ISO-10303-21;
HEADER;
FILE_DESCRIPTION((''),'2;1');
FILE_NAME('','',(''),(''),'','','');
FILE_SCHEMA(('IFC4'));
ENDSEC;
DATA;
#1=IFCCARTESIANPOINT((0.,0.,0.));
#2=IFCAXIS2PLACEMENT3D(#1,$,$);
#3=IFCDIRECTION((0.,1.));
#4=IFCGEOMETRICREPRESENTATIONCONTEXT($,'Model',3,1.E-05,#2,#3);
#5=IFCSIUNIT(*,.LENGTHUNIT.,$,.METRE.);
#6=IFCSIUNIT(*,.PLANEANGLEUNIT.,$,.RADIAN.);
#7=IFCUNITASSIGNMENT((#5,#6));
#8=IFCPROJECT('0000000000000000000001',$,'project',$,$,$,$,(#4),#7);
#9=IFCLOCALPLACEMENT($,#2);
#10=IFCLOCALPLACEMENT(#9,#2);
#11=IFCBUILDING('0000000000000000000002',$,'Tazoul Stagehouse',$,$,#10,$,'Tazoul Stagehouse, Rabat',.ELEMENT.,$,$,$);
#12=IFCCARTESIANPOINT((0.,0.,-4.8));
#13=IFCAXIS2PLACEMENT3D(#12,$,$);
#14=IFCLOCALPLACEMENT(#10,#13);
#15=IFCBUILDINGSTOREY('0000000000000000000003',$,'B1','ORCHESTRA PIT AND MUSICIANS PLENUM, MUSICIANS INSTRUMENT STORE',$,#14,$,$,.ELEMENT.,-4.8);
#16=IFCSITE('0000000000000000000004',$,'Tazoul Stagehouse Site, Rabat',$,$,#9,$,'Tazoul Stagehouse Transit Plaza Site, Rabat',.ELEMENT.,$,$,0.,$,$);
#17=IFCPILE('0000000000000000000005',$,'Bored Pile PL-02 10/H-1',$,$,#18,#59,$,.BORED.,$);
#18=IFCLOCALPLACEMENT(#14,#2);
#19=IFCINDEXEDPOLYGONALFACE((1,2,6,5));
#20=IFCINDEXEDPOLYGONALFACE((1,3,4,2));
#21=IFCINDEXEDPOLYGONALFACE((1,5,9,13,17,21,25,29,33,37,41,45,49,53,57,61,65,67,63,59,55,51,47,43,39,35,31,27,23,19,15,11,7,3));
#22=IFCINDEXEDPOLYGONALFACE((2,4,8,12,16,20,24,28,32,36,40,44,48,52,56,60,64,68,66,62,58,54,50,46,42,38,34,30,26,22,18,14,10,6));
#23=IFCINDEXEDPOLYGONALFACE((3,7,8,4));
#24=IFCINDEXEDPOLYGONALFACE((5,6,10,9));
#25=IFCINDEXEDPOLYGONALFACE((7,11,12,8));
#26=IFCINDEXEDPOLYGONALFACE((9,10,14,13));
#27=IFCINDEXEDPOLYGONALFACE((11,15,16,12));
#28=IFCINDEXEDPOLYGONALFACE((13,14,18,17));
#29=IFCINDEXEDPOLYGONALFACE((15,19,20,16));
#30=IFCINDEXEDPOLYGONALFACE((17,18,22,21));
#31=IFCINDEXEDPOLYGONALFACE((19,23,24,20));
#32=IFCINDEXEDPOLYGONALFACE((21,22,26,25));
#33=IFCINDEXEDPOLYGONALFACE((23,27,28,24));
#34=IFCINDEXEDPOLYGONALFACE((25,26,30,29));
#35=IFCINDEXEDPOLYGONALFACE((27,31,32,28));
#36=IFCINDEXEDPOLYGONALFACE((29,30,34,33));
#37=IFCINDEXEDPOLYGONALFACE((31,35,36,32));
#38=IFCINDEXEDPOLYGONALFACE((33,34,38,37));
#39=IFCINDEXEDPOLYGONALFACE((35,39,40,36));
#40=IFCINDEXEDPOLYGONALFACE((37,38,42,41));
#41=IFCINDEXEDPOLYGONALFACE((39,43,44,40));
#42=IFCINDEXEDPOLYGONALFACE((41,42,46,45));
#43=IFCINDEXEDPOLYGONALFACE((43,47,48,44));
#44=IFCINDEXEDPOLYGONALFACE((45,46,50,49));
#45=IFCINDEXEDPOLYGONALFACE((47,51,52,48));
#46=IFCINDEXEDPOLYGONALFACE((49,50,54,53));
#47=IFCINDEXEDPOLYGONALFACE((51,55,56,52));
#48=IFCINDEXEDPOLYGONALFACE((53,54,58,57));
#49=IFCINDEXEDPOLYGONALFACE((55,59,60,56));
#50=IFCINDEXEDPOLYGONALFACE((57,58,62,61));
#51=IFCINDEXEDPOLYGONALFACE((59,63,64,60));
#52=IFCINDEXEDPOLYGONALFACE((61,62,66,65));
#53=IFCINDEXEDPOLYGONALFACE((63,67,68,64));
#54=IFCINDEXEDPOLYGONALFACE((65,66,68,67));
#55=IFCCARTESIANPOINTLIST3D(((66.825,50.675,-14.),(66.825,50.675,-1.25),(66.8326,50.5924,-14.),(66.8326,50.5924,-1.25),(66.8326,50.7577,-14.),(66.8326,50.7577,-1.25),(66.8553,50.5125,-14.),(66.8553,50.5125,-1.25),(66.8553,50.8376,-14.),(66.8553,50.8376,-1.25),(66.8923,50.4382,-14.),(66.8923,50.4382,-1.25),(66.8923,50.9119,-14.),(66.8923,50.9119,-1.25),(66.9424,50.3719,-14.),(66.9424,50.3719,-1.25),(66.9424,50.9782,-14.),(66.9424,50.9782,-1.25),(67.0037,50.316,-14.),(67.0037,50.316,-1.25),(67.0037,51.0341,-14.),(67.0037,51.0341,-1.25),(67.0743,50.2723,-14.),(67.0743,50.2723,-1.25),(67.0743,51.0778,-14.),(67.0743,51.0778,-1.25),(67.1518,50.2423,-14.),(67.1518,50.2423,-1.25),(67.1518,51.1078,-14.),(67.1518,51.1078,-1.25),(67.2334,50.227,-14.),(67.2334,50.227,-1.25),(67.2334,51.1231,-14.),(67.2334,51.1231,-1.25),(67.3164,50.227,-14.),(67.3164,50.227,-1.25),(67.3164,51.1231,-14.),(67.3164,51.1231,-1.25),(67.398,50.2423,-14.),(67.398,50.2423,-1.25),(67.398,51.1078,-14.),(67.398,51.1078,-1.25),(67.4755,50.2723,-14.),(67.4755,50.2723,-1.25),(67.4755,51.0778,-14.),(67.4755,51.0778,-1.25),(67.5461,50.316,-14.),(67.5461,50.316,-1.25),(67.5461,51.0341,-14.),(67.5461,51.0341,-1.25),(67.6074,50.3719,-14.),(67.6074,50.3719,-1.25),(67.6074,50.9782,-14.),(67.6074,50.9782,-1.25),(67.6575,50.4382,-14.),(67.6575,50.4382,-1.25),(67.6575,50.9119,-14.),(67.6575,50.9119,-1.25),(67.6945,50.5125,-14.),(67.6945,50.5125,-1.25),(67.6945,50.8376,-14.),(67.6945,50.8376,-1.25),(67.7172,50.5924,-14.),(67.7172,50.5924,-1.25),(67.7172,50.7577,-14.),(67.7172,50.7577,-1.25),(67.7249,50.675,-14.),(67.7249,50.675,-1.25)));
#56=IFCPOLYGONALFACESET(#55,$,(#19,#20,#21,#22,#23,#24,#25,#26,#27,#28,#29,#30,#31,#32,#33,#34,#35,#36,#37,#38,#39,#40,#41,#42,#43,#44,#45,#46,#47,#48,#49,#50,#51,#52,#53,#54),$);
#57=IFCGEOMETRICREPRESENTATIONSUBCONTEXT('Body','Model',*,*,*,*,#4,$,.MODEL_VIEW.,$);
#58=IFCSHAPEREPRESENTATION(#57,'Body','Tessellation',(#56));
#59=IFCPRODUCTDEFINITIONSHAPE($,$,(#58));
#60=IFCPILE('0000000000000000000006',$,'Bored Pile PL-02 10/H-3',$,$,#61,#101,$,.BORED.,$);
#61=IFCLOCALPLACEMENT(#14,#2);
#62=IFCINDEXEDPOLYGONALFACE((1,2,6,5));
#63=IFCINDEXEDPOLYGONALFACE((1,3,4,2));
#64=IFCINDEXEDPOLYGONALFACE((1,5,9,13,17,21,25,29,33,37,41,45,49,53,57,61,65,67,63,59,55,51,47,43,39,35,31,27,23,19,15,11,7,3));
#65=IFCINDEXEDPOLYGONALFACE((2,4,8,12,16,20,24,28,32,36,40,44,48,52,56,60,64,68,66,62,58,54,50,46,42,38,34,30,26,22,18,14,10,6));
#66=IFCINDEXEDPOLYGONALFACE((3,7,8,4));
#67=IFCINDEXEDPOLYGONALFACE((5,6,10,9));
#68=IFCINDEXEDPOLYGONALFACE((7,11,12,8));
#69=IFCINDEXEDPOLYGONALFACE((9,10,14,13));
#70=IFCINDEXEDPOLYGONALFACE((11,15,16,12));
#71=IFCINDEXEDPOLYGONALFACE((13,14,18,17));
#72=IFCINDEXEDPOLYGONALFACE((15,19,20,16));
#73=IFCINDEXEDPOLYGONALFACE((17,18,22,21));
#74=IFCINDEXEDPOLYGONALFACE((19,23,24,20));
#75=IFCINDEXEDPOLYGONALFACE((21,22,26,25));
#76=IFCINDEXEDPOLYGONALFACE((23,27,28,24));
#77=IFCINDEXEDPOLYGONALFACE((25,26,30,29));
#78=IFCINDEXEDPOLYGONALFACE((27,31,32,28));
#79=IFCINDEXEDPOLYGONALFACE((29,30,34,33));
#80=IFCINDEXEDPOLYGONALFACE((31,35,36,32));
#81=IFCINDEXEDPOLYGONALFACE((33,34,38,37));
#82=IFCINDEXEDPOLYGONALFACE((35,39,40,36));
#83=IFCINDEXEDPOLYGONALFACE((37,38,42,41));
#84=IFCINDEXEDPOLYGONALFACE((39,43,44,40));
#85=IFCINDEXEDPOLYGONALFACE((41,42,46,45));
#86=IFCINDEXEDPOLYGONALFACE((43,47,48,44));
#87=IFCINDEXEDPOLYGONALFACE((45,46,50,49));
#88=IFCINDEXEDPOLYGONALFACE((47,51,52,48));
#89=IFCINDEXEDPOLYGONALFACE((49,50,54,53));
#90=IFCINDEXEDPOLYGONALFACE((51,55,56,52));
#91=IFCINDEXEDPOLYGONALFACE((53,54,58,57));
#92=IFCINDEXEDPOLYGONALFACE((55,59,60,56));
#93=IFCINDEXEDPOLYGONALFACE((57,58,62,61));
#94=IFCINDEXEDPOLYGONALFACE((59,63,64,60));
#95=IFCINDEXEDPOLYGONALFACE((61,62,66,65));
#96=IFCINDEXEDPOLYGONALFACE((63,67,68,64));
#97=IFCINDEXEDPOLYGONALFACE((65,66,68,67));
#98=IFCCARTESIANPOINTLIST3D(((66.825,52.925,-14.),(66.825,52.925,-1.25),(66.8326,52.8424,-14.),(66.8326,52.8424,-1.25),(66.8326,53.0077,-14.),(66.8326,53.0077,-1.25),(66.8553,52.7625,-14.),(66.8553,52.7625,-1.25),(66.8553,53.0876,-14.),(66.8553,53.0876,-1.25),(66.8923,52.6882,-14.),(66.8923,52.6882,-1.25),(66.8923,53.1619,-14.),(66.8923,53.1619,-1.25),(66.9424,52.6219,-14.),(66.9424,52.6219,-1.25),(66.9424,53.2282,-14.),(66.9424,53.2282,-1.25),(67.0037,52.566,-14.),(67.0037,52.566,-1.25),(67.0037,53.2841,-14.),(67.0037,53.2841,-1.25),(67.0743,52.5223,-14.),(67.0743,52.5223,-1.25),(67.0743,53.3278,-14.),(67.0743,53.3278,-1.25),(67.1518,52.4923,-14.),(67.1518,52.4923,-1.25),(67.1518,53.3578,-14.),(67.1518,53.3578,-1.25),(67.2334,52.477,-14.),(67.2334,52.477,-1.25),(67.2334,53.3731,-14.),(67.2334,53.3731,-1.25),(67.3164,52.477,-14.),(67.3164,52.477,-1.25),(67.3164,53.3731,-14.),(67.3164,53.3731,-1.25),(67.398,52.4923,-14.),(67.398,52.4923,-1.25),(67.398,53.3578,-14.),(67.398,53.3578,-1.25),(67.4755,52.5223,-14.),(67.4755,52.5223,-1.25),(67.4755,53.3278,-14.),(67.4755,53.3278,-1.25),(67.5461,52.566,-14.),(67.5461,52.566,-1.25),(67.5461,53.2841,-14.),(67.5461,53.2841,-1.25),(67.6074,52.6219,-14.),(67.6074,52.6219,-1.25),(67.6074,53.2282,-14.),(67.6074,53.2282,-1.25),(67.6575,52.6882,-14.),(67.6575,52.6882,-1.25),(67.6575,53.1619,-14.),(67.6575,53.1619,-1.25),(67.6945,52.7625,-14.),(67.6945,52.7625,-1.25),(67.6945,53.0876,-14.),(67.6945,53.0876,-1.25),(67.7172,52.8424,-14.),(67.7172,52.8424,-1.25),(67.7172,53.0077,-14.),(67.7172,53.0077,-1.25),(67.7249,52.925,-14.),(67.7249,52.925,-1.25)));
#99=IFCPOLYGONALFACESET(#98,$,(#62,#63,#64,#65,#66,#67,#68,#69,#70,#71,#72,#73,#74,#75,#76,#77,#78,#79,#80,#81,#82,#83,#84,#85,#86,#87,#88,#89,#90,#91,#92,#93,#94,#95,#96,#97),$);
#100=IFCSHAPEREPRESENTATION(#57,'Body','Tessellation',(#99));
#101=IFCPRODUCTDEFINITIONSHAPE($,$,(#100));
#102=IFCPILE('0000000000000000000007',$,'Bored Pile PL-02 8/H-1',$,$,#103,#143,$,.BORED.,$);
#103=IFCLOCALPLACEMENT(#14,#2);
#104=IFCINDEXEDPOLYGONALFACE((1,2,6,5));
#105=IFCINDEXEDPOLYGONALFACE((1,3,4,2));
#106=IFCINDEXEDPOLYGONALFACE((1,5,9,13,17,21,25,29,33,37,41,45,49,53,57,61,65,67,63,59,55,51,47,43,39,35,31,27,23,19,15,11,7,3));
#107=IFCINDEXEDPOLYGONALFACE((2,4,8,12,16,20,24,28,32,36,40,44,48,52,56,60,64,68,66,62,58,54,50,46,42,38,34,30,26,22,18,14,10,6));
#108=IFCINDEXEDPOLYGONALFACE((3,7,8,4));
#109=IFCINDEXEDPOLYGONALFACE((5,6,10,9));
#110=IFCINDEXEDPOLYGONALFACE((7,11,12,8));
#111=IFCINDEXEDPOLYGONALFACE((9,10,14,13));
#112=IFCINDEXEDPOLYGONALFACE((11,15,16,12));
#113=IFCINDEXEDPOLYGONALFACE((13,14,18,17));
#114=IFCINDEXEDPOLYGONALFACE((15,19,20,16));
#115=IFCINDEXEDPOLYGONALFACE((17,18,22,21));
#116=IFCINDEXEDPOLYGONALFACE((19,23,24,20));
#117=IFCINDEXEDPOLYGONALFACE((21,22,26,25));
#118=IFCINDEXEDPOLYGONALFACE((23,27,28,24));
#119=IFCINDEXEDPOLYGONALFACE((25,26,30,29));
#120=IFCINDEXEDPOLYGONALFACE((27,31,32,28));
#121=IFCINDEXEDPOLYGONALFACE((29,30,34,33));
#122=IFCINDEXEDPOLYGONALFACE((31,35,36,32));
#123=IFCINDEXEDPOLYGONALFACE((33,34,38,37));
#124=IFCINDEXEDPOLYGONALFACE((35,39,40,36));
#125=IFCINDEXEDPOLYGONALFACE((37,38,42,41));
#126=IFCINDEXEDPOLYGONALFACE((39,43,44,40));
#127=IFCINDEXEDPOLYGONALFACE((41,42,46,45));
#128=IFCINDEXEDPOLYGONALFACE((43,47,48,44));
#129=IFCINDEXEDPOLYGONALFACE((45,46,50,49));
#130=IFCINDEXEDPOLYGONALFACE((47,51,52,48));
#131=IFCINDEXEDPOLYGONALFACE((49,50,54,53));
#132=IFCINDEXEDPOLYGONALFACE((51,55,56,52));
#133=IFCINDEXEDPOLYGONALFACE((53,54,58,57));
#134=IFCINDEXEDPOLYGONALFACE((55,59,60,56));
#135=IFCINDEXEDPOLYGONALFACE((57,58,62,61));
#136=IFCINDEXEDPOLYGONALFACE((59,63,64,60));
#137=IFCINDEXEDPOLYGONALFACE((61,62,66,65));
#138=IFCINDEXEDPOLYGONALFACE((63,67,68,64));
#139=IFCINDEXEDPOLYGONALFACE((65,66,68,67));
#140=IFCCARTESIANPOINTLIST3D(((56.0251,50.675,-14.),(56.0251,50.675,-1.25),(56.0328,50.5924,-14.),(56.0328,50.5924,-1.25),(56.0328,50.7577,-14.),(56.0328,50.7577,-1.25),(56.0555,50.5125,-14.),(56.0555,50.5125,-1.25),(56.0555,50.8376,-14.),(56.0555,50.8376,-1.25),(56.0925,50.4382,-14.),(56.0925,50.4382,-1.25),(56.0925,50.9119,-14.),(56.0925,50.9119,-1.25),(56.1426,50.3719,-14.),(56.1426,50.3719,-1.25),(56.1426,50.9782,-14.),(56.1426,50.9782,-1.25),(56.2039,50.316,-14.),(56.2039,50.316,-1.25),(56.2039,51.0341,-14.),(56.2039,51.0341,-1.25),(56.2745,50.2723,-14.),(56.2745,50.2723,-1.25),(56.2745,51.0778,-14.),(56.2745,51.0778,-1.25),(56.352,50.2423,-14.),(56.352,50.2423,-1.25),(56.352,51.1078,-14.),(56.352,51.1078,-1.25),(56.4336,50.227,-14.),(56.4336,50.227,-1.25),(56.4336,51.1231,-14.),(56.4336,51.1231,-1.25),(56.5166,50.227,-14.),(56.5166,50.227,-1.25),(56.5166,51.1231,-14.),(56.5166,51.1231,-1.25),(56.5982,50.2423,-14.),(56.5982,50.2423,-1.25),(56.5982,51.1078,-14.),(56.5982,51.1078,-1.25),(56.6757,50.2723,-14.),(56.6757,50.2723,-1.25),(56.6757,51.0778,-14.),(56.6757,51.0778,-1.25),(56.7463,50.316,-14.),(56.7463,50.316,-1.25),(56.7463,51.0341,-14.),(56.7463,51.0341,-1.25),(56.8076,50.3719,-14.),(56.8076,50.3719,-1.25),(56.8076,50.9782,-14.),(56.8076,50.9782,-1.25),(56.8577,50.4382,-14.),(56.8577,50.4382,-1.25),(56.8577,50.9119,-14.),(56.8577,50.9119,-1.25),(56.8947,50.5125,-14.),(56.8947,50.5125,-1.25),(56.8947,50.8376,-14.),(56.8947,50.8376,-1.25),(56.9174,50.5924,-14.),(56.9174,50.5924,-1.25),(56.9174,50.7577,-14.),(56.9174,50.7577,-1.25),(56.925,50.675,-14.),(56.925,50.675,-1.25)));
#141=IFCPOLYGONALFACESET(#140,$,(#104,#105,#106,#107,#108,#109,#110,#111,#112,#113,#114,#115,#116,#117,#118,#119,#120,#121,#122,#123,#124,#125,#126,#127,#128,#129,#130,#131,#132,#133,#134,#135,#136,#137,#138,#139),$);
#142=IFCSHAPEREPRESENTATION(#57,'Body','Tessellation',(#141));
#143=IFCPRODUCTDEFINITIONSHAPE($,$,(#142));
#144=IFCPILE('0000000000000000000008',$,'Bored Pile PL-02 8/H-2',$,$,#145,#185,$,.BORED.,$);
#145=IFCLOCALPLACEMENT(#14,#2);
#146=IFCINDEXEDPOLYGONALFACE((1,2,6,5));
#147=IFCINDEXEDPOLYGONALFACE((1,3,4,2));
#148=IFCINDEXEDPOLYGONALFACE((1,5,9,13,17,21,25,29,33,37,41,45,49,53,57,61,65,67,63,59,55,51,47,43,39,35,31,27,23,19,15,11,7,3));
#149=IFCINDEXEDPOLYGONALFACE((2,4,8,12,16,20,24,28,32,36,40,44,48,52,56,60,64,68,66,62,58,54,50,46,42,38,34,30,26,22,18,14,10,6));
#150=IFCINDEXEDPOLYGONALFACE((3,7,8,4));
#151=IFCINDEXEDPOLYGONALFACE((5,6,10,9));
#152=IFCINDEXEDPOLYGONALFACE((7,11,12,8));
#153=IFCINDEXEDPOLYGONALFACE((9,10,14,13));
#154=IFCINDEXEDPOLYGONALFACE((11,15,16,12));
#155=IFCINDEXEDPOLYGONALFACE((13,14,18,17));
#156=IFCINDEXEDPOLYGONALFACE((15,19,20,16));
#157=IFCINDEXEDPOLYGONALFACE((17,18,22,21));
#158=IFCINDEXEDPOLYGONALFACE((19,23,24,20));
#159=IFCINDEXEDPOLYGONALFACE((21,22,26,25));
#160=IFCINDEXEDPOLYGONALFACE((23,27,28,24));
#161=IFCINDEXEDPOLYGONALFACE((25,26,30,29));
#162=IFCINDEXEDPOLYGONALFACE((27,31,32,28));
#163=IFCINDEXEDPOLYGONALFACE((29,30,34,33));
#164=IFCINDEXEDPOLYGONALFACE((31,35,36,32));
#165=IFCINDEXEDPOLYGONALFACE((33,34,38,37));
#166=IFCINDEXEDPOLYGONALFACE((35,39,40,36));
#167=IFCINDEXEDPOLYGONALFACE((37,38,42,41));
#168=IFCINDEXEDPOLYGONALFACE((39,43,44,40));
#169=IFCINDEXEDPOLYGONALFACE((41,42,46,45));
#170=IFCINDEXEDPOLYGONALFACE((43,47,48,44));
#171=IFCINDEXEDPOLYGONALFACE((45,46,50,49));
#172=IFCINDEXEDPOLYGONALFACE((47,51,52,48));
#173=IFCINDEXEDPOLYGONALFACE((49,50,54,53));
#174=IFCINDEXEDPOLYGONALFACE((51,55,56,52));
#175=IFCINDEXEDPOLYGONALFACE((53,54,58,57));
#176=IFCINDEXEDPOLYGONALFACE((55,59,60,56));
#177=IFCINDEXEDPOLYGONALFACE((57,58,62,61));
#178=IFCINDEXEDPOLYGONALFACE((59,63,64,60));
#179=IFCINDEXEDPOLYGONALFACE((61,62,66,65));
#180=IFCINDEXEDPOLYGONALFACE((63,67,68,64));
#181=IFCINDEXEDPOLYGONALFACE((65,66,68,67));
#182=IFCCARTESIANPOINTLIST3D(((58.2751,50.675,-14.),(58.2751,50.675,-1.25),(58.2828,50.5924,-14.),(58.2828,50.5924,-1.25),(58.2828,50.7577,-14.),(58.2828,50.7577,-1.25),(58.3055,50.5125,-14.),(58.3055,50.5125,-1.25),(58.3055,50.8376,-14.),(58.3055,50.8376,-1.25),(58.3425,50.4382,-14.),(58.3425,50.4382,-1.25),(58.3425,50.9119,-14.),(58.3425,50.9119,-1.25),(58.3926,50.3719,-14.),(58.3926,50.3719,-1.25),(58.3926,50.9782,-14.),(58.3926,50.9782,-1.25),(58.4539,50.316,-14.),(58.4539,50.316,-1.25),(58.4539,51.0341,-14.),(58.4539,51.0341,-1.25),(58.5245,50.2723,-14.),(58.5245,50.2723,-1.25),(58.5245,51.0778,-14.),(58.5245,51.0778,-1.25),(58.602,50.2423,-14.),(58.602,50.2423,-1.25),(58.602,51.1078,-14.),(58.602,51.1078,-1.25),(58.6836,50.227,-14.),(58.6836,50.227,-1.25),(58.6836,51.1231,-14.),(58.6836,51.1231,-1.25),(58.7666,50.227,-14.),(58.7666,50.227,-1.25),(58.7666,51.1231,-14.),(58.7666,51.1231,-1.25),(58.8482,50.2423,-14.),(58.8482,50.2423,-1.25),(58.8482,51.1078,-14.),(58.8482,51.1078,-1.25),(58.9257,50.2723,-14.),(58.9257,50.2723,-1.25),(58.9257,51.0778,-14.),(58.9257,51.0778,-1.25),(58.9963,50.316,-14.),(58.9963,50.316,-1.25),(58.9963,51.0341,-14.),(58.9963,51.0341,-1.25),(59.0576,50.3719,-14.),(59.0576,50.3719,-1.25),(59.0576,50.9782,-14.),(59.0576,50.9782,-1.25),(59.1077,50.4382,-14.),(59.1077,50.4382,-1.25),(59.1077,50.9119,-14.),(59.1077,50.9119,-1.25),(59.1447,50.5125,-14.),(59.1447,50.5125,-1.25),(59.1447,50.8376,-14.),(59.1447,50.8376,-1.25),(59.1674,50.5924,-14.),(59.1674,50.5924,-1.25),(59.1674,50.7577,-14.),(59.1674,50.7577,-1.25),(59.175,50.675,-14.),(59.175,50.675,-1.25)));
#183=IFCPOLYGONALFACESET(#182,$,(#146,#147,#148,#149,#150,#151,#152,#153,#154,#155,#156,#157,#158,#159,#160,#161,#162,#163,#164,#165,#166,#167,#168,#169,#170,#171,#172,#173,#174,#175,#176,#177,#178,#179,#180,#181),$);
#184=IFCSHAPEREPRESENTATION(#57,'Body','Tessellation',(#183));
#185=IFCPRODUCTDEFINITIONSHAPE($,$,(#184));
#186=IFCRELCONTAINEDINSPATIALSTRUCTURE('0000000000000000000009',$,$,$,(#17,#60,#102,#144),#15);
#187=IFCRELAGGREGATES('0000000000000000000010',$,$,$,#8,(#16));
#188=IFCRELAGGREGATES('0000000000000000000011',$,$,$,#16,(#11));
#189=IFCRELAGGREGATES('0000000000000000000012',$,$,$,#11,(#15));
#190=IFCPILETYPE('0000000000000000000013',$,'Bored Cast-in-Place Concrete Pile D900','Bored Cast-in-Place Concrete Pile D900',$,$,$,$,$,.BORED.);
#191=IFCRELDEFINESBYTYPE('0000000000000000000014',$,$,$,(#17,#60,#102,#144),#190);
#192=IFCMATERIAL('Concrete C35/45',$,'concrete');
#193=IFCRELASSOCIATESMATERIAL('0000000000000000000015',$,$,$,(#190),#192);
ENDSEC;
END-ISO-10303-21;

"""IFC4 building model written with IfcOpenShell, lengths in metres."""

from ifc_helpers import new_model, si_unit, direction, frame, origin, origin_2d, place, context, subcontext, project, spatial, circle, extrude, material, material_profile, profile_set, type_object, element, save


model = new_model("IFC4")

# Units and contexts
model_context = context("Model", 3, precision=1e-05, world=origin(), true_north=direction((0.0, 1.0)))
body_context = subcontext(model_context, "Body", "Model", "MODEL_VIEW")
ifc_project = project(units=[si_unit("LENGTHUNIT", "METRE"), si_unit("PLANEANGLEUNIT", "RADIAN")], contexts=[model_context])

# Site, building, storey
site_placement = place(None, origin())
site = spatial("IfcSite", under=ifc_project, at=site_placement, Name="Tazoul Stagehouse Site, Rabat", LongName="Tazoul Stagehouse Transit Plaza Site, Rabat", CompositionType="ELEMENT", RefElevation=0.0)
building_placement = place(site_placement, origin())
building = spatial("IfcBuilding", under=site, at=building_placement, Name="Tazoul Stagehouse", LongName="Tazoul Stagehouse, Rabat", CompositionType="ELEMENT")
storey_placement = place(building_placement, frame((0.0, 0.0, -4.8)))
storey = spatial("IfcBuildingStorey", under=building, at=storey_placement, Name="B1", Description="ORCHESTRA PIT AND MUSICIANS PLENUM, MUSICIANS INSTRUMENT STORE", CompositionType="ELEMENT", Elevation=-4.8)

# Piles
ifc_material_1 = material(Name="Concrete C35/45", Category="concrete")
ifc_material_profile_1 = material_profile(ifc_material_1, circle(Radius=0.45, at=origin_2d()), Name="BORED PILE 900")
ifc_profile_set_1 = profile_set([ifc_material_profile_1], Name="Concrete C35/45")
pile_type_1 = type_object("IfcPileType", Name="Bored Cast-in-Place Concrete Pile D900", Description="Bored Cast-in-Place Concrete Pile D900", PredefinedType="BORED", material=ifc_profile_set_1)
for number, where, z_axis, x_axis, name in (
    (1, (67.2749, 50.675, -1.25), (0.0, 0.0, -1.0), (1.0, 0.0, 0.0), "Bored Pile PL-02 10/H-1"),
    (2, (67.2749, 52.925, -1.25), (0.0, 0.0, -1.0), (1.0, 0.0, 0.0), "Bored Pile PL-02 10/H-3"),
    (3, (56.4751, 50.675, -1.25), (0.0, 0.0, -1.0), (1.0, 0.0, 0.0), "Bored Pile PL-02 8/H-1"),
    (4, (58.7251, 50.675, -1.25), (0.0, 0.0, -1.0), (1.0, 0.0, 0.0), "Bored Pile PL-02 8/H-2"),
):
    element("IfcPile", number, at=place(storey_placement, frame(where, z_axis=z_axis, x_axis=x_axis)), inside=storey, type_object=pile_type_1, Name=name, PredefinedType="BORED", context=body_context, shape_type="SweptSolid", body=[
        extrude(circle(Radius=0.45, at=origin_2d()), origin(), (0.0, 0.0, 1.0), 12.75),
    ])

save(model, "model.ifc")
